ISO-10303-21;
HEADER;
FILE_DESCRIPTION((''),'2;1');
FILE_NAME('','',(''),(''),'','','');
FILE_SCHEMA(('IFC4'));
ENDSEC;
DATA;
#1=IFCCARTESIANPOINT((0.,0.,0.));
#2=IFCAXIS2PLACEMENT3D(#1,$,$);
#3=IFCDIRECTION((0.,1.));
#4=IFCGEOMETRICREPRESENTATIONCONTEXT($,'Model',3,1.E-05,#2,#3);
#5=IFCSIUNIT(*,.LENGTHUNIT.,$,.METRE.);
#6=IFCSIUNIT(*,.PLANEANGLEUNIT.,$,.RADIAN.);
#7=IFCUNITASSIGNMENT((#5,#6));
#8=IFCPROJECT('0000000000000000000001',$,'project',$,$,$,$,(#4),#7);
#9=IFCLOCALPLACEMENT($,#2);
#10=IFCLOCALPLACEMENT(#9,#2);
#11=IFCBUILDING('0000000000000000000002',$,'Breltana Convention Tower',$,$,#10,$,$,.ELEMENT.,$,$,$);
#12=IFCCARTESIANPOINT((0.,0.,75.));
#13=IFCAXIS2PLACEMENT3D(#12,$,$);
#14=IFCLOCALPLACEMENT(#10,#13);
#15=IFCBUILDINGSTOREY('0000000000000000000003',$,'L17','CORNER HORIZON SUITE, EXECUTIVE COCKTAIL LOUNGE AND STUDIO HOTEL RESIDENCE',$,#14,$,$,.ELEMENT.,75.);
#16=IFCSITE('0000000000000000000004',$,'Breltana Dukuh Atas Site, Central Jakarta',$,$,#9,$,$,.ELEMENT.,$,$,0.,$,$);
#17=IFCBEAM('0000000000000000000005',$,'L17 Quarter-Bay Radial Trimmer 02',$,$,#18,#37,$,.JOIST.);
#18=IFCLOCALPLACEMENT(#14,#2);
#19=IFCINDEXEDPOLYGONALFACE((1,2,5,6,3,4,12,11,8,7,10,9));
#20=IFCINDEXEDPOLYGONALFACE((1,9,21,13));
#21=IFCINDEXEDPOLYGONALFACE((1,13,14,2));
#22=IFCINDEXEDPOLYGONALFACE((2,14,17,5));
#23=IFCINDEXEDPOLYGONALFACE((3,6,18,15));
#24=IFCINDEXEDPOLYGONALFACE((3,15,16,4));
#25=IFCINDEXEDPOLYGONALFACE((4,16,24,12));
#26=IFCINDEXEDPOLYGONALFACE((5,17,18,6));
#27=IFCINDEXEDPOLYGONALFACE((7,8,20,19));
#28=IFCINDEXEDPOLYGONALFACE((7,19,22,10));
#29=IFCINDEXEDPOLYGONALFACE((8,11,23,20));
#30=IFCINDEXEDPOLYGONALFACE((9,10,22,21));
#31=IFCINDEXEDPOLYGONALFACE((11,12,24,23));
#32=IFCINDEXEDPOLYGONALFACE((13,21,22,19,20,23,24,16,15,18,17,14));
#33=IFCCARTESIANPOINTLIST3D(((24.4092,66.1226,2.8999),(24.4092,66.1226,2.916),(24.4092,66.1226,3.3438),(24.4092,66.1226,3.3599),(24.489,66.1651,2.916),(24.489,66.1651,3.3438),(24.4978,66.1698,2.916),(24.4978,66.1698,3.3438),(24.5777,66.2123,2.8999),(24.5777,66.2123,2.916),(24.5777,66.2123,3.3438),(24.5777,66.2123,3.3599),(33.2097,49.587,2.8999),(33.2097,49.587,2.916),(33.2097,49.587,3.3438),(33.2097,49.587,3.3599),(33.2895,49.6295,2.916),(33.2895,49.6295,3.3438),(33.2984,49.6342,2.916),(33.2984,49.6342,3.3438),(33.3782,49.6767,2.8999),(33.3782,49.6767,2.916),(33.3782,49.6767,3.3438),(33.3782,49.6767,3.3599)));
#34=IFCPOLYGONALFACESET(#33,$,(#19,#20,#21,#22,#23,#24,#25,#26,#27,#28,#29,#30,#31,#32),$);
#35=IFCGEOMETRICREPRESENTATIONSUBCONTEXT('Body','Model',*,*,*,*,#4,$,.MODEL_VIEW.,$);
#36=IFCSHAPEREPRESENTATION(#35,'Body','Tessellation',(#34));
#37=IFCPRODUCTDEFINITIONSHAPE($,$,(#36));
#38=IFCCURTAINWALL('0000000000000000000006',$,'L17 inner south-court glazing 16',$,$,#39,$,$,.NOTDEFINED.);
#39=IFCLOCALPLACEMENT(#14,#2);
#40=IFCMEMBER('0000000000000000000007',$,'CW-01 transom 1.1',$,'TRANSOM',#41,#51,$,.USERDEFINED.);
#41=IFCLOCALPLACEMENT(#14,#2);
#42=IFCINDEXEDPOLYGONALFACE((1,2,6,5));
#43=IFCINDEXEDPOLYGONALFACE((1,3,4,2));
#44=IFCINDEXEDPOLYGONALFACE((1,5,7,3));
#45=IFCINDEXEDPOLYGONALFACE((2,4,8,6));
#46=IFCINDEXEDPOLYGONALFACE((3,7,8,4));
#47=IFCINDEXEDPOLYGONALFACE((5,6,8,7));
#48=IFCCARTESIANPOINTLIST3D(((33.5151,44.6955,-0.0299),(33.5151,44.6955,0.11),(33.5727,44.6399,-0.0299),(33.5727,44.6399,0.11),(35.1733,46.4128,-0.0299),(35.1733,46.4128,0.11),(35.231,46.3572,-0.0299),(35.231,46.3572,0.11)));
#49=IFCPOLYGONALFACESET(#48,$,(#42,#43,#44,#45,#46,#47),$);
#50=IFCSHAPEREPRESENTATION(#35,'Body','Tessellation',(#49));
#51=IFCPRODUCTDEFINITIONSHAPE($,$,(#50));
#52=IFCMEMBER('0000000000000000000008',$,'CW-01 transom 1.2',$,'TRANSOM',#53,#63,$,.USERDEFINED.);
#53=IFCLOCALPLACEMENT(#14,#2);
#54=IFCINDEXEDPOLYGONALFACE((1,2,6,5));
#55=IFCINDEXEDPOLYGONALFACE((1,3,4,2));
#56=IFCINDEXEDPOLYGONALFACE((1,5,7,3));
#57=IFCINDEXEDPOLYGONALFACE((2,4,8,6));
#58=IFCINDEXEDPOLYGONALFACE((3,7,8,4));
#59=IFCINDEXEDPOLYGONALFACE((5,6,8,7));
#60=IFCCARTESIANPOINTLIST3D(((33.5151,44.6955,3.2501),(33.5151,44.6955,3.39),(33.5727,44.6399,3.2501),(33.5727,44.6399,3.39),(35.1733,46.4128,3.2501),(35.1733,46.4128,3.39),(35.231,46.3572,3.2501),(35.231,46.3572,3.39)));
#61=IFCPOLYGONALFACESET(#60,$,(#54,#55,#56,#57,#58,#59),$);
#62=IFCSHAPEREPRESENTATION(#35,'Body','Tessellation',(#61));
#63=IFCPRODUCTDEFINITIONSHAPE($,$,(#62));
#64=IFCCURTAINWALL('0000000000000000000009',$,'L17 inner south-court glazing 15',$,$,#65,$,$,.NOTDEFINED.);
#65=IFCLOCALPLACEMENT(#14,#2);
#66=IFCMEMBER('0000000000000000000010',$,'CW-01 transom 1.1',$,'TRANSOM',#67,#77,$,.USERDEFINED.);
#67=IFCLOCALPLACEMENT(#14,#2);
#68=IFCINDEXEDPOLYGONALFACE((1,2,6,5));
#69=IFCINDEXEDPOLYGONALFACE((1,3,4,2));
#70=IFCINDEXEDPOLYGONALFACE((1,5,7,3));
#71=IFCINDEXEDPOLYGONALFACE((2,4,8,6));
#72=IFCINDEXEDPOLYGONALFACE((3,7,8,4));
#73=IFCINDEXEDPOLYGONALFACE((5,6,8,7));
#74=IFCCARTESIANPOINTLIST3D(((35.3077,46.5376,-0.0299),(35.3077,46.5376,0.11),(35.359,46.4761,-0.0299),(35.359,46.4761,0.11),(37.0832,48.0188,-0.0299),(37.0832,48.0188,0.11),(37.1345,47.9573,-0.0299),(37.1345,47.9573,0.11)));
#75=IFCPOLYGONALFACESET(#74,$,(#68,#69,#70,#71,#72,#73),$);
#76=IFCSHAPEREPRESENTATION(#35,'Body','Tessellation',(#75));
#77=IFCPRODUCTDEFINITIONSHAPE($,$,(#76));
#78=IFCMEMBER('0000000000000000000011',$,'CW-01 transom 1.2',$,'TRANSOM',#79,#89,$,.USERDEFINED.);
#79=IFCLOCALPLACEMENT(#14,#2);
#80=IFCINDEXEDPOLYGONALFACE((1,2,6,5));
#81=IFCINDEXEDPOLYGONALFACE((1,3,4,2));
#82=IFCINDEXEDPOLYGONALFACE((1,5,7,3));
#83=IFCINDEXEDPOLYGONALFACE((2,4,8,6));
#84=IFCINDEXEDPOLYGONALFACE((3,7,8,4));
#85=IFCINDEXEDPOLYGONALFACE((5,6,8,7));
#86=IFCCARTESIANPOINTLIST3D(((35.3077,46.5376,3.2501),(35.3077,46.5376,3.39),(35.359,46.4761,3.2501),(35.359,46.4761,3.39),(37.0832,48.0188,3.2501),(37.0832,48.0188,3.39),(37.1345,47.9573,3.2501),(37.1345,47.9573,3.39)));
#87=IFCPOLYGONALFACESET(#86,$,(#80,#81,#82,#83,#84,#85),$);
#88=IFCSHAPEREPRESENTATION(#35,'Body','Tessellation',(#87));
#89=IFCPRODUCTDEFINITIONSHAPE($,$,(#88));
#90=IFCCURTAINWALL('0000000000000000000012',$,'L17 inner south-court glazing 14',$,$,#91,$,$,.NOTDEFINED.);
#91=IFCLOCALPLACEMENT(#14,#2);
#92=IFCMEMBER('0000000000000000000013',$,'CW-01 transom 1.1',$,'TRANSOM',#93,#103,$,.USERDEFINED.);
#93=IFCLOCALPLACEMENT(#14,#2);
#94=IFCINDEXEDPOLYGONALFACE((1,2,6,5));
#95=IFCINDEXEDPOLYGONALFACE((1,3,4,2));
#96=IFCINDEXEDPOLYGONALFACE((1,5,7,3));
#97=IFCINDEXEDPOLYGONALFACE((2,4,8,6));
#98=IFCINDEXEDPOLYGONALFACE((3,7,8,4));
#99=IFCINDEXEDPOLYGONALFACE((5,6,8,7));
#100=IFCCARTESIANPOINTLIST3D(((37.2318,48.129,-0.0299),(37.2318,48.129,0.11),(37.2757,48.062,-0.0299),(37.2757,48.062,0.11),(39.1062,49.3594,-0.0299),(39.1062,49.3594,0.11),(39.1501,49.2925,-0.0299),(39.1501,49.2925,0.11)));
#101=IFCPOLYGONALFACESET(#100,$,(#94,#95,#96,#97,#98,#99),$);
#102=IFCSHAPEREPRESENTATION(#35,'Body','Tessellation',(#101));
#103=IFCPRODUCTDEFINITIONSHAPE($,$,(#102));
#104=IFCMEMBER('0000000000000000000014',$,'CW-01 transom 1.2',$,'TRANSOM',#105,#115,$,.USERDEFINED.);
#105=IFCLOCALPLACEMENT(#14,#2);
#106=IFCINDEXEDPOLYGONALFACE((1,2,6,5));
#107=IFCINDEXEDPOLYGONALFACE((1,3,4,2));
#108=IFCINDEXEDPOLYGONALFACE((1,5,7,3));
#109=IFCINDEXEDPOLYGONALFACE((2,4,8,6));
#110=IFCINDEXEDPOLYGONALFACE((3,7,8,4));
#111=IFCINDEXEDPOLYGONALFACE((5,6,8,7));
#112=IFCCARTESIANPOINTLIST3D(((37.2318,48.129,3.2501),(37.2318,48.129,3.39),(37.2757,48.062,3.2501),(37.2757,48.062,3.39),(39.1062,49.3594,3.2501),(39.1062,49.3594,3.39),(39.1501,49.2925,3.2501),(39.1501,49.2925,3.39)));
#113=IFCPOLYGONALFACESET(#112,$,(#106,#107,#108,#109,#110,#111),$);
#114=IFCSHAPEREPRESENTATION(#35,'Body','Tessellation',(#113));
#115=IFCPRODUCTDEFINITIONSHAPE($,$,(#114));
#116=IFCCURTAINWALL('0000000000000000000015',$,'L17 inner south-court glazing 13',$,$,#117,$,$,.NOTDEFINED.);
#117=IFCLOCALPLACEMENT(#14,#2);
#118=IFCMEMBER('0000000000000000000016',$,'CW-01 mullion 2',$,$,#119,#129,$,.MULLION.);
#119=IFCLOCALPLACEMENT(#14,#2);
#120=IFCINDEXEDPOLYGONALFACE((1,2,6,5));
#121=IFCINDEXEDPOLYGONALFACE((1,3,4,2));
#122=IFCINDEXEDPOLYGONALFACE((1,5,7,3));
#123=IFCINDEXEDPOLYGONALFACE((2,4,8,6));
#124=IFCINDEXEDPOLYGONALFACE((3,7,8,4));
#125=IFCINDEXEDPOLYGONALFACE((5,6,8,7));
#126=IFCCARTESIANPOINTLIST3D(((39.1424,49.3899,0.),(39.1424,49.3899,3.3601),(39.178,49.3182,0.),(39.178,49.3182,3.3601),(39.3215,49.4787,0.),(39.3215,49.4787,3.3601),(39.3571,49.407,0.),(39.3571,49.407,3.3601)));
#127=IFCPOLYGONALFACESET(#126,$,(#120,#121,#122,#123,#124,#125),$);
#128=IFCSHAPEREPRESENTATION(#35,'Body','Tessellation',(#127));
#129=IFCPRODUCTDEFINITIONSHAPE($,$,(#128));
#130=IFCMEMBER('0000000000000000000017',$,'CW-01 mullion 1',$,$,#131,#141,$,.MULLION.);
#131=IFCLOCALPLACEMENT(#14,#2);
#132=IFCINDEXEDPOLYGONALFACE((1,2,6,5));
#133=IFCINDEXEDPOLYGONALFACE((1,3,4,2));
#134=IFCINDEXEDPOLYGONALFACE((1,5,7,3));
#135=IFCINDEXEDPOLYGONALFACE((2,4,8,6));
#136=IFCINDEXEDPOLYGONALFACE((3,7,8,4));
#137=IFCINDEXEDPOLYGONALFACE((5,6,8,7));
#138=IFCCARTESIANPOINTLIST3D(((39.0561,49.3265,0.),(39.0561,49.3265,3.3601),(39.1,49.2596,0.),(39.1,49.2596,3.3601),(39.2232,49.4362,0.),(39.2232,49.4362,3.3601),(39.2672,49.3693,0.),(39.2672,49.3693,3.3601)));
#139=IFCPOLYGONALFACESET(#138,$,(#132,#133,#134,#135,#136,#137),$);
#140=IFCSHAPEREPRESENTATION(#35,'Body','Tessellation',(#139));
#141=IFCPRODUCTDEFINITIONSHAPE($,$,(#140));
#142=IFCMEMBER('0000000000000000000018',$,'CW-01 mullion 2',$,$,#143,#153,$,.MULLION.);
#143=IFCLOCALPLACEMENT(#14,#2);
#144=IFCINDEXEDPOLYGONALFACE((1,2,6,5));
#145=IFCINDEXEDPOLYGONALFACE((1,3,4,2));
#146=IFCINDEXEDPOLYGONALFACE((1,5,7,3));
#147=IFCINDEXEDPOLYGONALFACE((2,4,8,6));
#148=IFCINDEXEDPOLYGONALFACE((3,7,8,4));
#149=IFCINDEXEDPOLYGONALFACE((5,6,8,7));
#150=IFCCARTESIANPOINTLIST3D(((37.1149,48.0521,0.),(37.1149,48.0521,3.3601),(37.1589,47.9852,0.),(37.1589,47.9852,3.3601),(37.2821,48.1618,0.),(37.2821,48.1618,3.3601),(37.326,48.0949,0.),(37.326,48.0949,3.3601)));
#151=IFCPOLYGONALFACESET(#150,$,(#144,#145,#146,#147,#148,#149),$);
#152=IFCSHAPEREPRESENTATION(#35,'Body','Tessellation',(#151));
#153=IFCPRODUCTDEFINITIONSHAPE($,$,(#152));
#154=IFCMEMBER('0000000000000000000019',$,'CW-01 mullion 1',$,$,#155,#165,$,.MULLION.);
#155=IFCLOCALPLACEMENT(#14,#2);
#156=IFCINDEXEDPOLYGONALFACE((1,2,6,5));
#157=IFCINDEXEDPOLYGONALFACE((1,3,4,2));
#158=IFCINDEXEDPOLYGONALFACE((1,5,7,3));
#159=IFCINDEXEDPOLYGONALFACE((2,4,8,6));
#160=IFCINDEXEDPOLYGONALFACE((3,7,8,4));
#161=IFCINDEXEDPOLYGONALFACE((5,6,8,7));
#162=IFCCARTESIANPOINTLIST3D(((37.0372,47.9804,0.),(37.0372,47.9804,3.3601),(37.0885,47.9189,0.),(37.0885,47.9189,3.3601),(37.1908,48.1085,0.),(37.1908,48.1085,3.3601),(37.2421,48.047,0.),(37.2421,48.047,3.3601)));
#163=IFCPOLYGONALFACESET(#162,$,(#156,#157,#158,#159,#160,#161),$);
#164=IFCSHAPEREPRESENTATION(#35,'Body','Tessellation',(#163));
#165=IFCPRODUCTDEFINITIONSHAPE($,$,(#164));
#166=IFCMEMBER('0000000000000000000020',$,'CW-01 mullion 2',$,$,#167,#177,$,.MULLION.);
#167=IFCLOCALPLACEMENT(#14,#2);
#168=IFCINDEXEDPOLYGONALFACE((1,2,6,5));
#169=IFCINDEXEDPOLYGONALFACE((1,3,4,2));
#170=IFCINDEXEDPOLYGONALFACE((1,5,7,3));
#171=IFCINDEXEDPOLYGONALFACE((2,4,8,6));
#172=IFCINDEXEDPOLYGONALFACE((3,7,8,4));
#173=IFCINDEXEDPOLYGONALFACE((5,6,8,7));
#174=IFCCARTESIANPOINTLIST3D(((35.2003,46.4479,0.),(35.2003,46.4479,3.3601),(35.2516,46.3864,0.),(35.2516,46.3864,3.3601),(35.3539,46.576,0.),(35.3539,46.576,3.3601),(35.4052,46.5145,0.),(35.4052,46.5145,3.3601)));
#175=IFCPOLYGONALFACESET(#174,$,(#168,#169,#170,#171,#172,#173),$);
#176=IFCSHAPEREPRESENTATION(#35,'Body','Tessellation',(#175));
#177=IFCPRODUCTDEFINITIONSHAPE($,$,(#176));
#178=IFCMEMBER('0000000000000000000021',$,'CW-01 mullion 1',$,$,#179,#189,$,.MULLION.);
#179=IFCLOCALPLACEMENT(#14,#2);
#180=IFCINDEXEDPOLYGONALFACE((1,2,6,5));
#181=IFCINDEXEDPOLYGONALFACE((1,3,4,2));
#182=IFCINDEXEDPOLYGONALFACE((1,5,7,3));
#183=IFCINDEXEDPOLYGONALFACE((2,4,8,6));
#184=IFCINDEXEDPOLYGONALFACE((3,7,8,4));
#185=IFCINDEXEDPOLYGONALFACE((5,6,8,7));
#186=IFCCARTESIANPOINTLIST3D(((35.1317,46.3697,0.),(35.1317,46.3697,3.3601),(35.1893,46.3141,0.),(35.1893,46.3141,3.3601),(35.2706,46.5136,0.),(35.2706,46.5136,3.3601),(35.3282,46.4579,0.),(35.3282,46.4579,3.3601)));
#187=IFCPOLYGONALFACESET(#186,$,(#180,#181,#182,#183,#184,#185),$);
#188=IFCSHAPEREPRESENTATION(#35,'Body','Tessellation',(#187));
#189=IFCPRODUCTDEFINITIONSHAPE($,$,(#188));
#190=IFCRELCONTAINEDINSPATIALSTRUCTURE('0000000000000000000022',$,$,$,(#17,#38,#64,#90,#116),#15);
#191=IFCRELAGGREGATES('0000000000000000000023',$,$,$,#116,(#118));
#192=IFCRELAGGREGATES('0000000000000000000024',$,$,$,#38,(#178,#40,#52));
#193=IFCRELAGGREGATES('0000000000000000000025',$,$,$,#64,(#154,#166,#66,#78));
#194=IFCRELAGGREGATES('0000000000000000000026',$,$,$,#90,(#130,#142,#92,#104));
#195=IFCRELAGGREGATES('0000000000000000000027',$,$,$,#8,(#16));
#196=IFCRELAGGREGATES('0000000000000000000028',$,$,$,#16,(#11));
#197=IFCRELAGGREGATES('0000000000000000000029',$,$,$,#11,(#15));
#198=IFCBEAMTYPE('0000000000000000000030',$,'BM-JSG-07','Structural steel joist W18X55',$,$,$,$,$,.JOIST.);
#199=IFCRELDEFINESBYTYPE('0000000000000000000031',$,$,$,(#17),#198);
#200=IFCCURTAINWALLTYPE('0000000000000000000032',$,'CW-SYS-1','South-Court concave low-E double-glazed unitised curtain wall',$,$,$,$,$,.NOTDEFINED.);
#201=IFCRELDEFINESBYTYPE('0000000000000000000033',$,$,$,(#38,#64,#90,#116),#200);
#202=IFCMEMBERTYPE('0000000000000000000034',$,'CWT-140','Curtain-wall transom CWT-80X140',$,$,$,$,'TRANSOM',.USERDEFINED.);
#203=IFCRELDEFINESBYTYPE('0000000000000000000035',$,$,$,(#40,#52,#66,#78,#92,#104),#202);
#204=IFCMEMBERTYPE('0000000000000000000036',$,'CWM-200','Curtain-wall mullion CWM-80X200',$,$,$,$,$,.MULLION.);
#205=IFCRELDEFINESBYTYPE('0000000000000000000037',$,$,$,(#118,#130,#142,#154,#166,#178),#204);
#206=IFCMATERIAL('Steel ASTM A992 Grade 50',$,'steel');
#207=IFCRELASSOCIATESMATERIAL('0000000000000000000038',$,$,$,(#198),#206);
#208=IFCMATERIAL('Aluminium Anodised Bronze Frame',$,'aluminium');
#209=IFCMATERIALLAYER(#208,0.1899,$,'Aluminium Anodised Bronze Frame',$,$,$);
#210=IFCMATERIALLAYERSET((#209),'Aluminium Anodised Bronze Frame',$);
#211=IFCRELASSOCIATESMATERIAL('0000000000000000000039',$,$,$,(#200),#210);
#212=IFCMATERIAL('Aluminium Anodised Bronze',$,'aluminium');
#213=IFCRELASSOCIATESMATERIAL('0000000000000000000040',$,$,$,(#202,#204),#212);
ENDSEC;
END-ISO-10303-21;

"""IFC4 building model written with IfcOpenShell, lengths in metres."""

from ifc_helpers import new_model, si_unit, direction, frame, origin, origin_2d, place, context, subcontext, project, spatial, rectangle, i_section, extrude, source, transform, mapped, material, layer, layer_set, material_profile, profile_set, type_object, type_shapes, element, aggregate, save


model = new_model("IFC4")

# Units and contexts
model_context = context("Model", 3, precision=1e-05, world=origin(), true_north=direction((0.0, 1.0)))
body_context = subcontext(model_context, "Body", "Model", "MODEL_VIEW")
ifc_project = project(units=[si_unit("LENGTHUNIT", "METRE"), si_unit("PLANEANGLEUNIT", "RADIAN")], contexts=[model_context])

# Site, building, storey
site_placement = place(None, origin())
site = spatial("IfcSite", under=ifc_project, at=site_placement, Name="Breltana Dukuh Atas Site, Central Jakarta", CompositionType="ELEMENT", RefElevation=0.0)
building_placement = place(site_placement, origin())
building = spatial("IfcBuilding", under=site, at=building_placement, Name="Breltana Convention Tower", CompositionType="ELEMENT")
storey_placement = place(building_placement, frame((0.0, 0.0, 75.0)))
storey = spatial("IfcBuildingStorey", under=building, at=storey_placement, Name="L17", Description="CORNER HORIZON SUITE, EXECUTIVE COCKTAIL LOUNGE AND STUDIO HOTEL RESIDENCE", CompositionType="ELEMENT", Elevation=75.0)

# Beam
ifc_material_1 = material(Name="Steel ASTM A992 Grade 50", Category="steel")
ifc_material_profile_1 = material_profile(ifc_material_1, i_section(OverallWidth=0.1909, OverallDepth=0.46, WebThickness=0.01, FlangeThickness=0.0161, at=origin_2d()), Name="W18X55")
ifc_profile_set_1 = profile_set([ifc_material_profile_1], Name="Steel ASTM A992 Grade 50")
beam_type_1 = type_object("IfcBeamType", Name="BM-JSG-07", Description="Structural steel joist W18X55", PredefinedType="JOIST", material=ifc_profile_set_1)
shared_shape_1 = source(origin(), body_context, "Body", "SweptSolid", [
    extrude(i_section(OverallWidth=0.1909, OverallDepth=0.46, WebThickness=0.01, FlangeThickness=0.0161, at=origin_2d()), origin(), (0.0, 0.0, 1.0), 18.7317),
])
beam_1_placement = place(storey_placement, frame((33.2939, 49.6318, 3.1299), z_axis=(-0.46982, 0.882762, 0.0), x_axis=(-0.882762, -0.46982, 0.0)))
element("IfcBeam", 1, at=beam_1_placement, inside=storey, type_object=beam_type_1, Name="L17 Quarter-Bay Radial Trimmer 02", PredefinedType="JOIST", context=body_context, shape_type="MappedRepresentation", body=[
    mapped(shared_shape_1, transform((0.0, 0.0, 0.0), scale=1.0)),
])

# Curtain walls, members
ifc_material_2 = material(Name="Aluminium Anodised Bronze Frame", Category="aluminium")
ifc_layer_1 = layer(ifc_material_2, 0.1899, Name="Aluminium Anodised Bronze Frame")
ifc_layer_set_1 = layer_set([ifc_layer_1], Name="Aluminium Anodised Bronze Frame")
curtain_wall_type = type_object("IfcCurtainWallType", Name="CW-SYS-1", Description="South-Court concave low-E double-glazed unitised curtain wall", PredefinedType="NOTDEFINED", material=ifc_layer_set_1)
curtain_wall_1_placement = place(storey_placement, origin())
curtain_wall_1 = element("IfcCurtainWall", 2, at=curtain_wall_1_placement, inside=storey, type_object=curtain_wall_type, Name="L17 inner south-court glazing 16", PredefinedType="NOTDEFINED")
ifc_material_3 = material(Name="Aluminium Anodised Bronze", Category="aluminium")
ifc_material_profile_2 = material_profile(ifc_material_3, rectangle(XDim=0.0801, YDim=0.1399, at=origin_2d()), Name="CWT-80X140")
ifc_profile_set_2 = profile_set([ifc_material_profile_2], Name="Aluminium Anodised Bronze")
member_type_1 = type_object("IfcMemberType", Name="CWT-140", Description="Curtain-wall transom CWT-80X140", ElementType="TRANSOM", PredefinedType="USERDEFINED", material=ifc_profile_set_2)
shared_shape_2 = source(origin(), body_context, "Body", "SweptSolid", [
    extrude(rectangle(XDim=0.0801, YDim=0.1399, at=origin_2d()), origin(), (0.0, 0.0, 1.0), 2.3872),
])
type_shapes(member_type_1, [shared_shape_2])
member_1_placement = place(storey_placement, frame((35.2021, 46.385, 0.04), z_axis=(-0.694624, -0.719373, 0.0), x_axis=(0.719373, -0.694624, 0.0)))
member_1 = element("IfcMember", 3, at=member_1_placement, type_object=member_type_1, Name="CW-01 transom 1.1", ObjectType="TRANSOM", PredefinedType="USERDEFINED", context=body_context, shape_type="MappedRepresentation", body=[
    mapped(shared_shape_2, transform((0.0, 0.0, 0.0), scale=1.0)),
])
member_2_placement = place(storey_placement, frame((35.2021, 46.385, 3.3201), z_axis=(-0.694624, -0.719373, 0.0), x_axis=(0.719373, -0.694624, 0.0)))
member_2 = element("IfcMember", 4, at=member_2_placement, type_object=member_type_1, Name="CW-01 transom 1.2", ObjectType="TRANSOM", PredefinedType="USERDEFINED", context=body_context, shape_type="MappedRepresentation", body=[
    mapped(shared_shape_2, transform((0.0, 0.0, 0.0), scale=1.0)),
])
curtain_wall_2_placement = place(storey_placement, origin())
curtain_wall_2 = element("IfcCurtainWall", 5, at=curtain_wall_2_placement, inside=storey, type_object=curtain_wall_type, Name="L17 inner south-court glazing 15", PredefinedType="NOTDEFINED")
shared_shape_3 = source(origin(), body_context, "Body", "SweptSolid", [
    extrude(rectangle(XDim=0.0801, YDim=0.1399, at=origin_2d()), origin(), (0.0, 0.0, 1.0), 2.3123),
])
member_3_placement = place(storey_placement, frame((37.1089, 47.988, 0.04), z_axis=(-0.767901, -0.640569, 0.0), x_axis=(0.640569, -0.767901, 0.0)))
member_3 = element("IfcMember", 6, at=member_3_placement, type_object=member_type_1, Name="CW-01 transom 1.1", ObjectType="TRANSOM", PredefinedType="USERDEFINED", context=body_context, shape_type="MappedRepresentation", body=[
    mapped(shared_shape_3, transform((0.0, 0.0, 0.0), scale=1.0)),
])
member_4_placement = place(storey_placement, frame((37.1089, 47.988, 3.3201), z_axis=(-0.767901, -0.640569, 0.0), x_axis=(0.640569, -0.767901, 0.0)))
member_4 = element("IfcMember", 7, at=member_4_placement, type_object=member_type_1, Name="CW-01 transom 1.2", ObjectType="TRANSOM", PredefinedType="USERDEFINED", context=body_context, shape_type="MappedRepresentation", body=[
    mapped(shared_shape_3, transform((0.0, 0.0, 0.0), scale=1.0)),
])
curtain_wall_3_placement = place(storey_placement, origin())
curtain_wall_3 = element("IfcCurtainWall", 8, at=curtain_wall_3_placement, inside=storey, type_object=curtain_wall_type, Name="L17 inner south-court glazing 14", PredefinedType="NOTDEFINED")
shared_shape_4 = source(origin(), body_context, "Body", "SweptSolid", [
    extrude(rectangle(XDim=0.0801, YDim=0.1399, at=origin_2d()), origin(), (0.0, 0.0, 1.0), 2.2422),
])
member_5_placement = place(storey_placement, frame((39.1282, 49.3259, 0.04), z_axis=(-0.835982, -0.548756, 0.0), x_axis=(0.548756, -0.835982, 0.0)))
member_5 = element("IfcMember", 9, at=member_5_placement, type_object=member_type_1, Name="CW-01 transom 1.1", ObjectType="TRANSOM", PredefinedType="USERDEFINED", context=body_context, shape_type="MappedRepresentation", body=[
    mapped(shared_shape_4, transform((0.0, 0.0, 0.0), scale=1.0)),
])
member_6_placement = place(storey_placement, frame((39.1282, 49.3259, 3.3201), z_axis=(-0.835982, -0.548756, 0.0), x_axis=(0.548756, -0.835982, 0.0)))
member_6 = element("IfcMember", 10, at=member_6_placement, type_object=member_type_1, Name="CW-01 transom 1.2", ObjectType="TRANSOM", PredefinedType="USERDEFINED", context=body_context, shape_type="MappedRepresentation", body=[
    mapped(shared_shape_4, transform((0.0, 0.0, 0.0), scale=1.0)),
])

# Curtain wall, member
curtain_wall_4_placement = place(storey_placement, origin())
curtain_wall_4 = element("IfcCurtainWall", 11, at=curtain_wall_4_placement, inside=storey, type_object=curtain_wall_type, Name="L17 inner south-court glazing 13", PredefinedType="NOTDEFINED")
ifc_material_profile_3 = material_profile(ifc_material_3, rectangle(XDim=0.0801, YDim=0.2, at=origin_2d()), Name="CWM-80X200")
ifc_profile_set_3 = profile_set([ifc_material_profile_3], Name="Aluminium Anodised Bronze")
member_type_2 = type_object("IfcMemberType", Name="CWM-200", Description="Curtain-wall mullion CWM-80X200", PredefinedType="MULLION", material=ifc_profile_set_3)
shared_shape_5 = source(origin(), body_context, "Body", "SweptSolid", [
    extrude(rectangle(XDim=0.0801, YDim=0.2, at=origin_2d()), origin(), (0.0, 0.0, 1.0), 3.3601),
])
member_7_placement = place(storey_placement, frame((39.2498, 49.3984, 0.0), z_axis=(0.0, 0.0, 1.0), x_axis=(0.444118, -0.895968, 0.0)))
member_7 = element("IfcMember", 12, at=member_7_placement, type_object=member_type_2, Name="CW-01 mullion 2", PredefinedType="MULLION", context=body_context, shape_type="MappedRepresentation", body=[
    mapped(shared_shape_5, transform((0.0, 0.0, 0.0), scale=1.0)),
])
aggregate(curtain_wall_4, [member_7])

# Members
member_8_placement = place(storey_placement, frame((39.1616, 49.3479, 0.0), z_axis=(0.0, 0.0, 1.0), x_axis=(0.548778, -0.835968, 0.0)))
member_8 = element("IfcMember", 13, at=member_8_placement, type_object=member_type_2, Name="CW-01 mullion 1", PredefinedType="MULLION", context=body_context, shape_type="MappedRepresentation", body=[
    mapped(shared_shape_5, transform((0.0, 0.0, 0.0), scale=1.0)),
])
member_9_placement = place(storey_placement, frame((37.2205, 48.0735, 0.0), z_axis=(0.0, 0.0, 1.0), x_axis=(0.548778, -0.835968, 0.0)))
member_9 = element("IfcMember", 14, at=member_9_placement, type_object=member_type_2, Name="CW-01 mullion 2", PredefinedType="MULLION", context=body_context, shape_type="MappedRepresentation", body=[
    mapped(shared_shape_5, transform((0.0, 0.0, 0.0), scale=1.0)),
])
member_10_placement = place(storey_placement, frame((37.1396, 48.0137, 0.0), z_axis=(0.0, 0.0, 1.0), x_axis=(0.640523, -0.767939, 0.0)))
member_10 = element("IfcMember", 15, at=member_10_placement, type_object=member_type_2, Name="CW-01 mullion 1", PredefinedType="MULLION", context=body_context, shape_type="MappedRepresentation", body=[
    mapped(shared_shape_5, transform((0.0, 0.0, 0.0), scale=1.0)),
])
member_11_placement = place(storey_placement, frame((35.3027, 46.4812, 0.0), z_axis=(0.0, 0.0, 1.0), x_axis=(0.640523, -0.767939, 0.0)))
member_11 = element("IfcMember", 16, at=member_11_placement, type_object=member_type_2, Name="CW-01 mullion 2", PredefinedType="MULLION", context=body_context, shape_type="MappedRepresentation", body=[
    mapped(shared_shape_5, transform((0.0, 0.0, 0.0), scale=1.0)),
])
member_12_placement = place(storey_placement, frame((35.23, 46.4138, 0.0), z_axis=(0.0, 0.0, 1.0), x_axis=(0.719385, -0.694612, 0.0)))
member_12 = element("IfcMember", 17, at=member_12_placement, type_object=member_type_2, Name="CW-01 mullion 1", PredefinedType="MULLION", context=body_context, shape_type="MappedRepresentation", body=[
    mapped(shared_shape_5, transform((0.0, 0.0, 0.0), scale=1.0)),
])
aggregate(curtain_wall_1, [member_12, member_1, member_2])

aggregate(curtain_wall_2, [member_10, member_11, member_3, member_4])
aggregate(curtain_wall_3, [member_8, member_9, member_5, member_6])

save(model, "model.ifc")
